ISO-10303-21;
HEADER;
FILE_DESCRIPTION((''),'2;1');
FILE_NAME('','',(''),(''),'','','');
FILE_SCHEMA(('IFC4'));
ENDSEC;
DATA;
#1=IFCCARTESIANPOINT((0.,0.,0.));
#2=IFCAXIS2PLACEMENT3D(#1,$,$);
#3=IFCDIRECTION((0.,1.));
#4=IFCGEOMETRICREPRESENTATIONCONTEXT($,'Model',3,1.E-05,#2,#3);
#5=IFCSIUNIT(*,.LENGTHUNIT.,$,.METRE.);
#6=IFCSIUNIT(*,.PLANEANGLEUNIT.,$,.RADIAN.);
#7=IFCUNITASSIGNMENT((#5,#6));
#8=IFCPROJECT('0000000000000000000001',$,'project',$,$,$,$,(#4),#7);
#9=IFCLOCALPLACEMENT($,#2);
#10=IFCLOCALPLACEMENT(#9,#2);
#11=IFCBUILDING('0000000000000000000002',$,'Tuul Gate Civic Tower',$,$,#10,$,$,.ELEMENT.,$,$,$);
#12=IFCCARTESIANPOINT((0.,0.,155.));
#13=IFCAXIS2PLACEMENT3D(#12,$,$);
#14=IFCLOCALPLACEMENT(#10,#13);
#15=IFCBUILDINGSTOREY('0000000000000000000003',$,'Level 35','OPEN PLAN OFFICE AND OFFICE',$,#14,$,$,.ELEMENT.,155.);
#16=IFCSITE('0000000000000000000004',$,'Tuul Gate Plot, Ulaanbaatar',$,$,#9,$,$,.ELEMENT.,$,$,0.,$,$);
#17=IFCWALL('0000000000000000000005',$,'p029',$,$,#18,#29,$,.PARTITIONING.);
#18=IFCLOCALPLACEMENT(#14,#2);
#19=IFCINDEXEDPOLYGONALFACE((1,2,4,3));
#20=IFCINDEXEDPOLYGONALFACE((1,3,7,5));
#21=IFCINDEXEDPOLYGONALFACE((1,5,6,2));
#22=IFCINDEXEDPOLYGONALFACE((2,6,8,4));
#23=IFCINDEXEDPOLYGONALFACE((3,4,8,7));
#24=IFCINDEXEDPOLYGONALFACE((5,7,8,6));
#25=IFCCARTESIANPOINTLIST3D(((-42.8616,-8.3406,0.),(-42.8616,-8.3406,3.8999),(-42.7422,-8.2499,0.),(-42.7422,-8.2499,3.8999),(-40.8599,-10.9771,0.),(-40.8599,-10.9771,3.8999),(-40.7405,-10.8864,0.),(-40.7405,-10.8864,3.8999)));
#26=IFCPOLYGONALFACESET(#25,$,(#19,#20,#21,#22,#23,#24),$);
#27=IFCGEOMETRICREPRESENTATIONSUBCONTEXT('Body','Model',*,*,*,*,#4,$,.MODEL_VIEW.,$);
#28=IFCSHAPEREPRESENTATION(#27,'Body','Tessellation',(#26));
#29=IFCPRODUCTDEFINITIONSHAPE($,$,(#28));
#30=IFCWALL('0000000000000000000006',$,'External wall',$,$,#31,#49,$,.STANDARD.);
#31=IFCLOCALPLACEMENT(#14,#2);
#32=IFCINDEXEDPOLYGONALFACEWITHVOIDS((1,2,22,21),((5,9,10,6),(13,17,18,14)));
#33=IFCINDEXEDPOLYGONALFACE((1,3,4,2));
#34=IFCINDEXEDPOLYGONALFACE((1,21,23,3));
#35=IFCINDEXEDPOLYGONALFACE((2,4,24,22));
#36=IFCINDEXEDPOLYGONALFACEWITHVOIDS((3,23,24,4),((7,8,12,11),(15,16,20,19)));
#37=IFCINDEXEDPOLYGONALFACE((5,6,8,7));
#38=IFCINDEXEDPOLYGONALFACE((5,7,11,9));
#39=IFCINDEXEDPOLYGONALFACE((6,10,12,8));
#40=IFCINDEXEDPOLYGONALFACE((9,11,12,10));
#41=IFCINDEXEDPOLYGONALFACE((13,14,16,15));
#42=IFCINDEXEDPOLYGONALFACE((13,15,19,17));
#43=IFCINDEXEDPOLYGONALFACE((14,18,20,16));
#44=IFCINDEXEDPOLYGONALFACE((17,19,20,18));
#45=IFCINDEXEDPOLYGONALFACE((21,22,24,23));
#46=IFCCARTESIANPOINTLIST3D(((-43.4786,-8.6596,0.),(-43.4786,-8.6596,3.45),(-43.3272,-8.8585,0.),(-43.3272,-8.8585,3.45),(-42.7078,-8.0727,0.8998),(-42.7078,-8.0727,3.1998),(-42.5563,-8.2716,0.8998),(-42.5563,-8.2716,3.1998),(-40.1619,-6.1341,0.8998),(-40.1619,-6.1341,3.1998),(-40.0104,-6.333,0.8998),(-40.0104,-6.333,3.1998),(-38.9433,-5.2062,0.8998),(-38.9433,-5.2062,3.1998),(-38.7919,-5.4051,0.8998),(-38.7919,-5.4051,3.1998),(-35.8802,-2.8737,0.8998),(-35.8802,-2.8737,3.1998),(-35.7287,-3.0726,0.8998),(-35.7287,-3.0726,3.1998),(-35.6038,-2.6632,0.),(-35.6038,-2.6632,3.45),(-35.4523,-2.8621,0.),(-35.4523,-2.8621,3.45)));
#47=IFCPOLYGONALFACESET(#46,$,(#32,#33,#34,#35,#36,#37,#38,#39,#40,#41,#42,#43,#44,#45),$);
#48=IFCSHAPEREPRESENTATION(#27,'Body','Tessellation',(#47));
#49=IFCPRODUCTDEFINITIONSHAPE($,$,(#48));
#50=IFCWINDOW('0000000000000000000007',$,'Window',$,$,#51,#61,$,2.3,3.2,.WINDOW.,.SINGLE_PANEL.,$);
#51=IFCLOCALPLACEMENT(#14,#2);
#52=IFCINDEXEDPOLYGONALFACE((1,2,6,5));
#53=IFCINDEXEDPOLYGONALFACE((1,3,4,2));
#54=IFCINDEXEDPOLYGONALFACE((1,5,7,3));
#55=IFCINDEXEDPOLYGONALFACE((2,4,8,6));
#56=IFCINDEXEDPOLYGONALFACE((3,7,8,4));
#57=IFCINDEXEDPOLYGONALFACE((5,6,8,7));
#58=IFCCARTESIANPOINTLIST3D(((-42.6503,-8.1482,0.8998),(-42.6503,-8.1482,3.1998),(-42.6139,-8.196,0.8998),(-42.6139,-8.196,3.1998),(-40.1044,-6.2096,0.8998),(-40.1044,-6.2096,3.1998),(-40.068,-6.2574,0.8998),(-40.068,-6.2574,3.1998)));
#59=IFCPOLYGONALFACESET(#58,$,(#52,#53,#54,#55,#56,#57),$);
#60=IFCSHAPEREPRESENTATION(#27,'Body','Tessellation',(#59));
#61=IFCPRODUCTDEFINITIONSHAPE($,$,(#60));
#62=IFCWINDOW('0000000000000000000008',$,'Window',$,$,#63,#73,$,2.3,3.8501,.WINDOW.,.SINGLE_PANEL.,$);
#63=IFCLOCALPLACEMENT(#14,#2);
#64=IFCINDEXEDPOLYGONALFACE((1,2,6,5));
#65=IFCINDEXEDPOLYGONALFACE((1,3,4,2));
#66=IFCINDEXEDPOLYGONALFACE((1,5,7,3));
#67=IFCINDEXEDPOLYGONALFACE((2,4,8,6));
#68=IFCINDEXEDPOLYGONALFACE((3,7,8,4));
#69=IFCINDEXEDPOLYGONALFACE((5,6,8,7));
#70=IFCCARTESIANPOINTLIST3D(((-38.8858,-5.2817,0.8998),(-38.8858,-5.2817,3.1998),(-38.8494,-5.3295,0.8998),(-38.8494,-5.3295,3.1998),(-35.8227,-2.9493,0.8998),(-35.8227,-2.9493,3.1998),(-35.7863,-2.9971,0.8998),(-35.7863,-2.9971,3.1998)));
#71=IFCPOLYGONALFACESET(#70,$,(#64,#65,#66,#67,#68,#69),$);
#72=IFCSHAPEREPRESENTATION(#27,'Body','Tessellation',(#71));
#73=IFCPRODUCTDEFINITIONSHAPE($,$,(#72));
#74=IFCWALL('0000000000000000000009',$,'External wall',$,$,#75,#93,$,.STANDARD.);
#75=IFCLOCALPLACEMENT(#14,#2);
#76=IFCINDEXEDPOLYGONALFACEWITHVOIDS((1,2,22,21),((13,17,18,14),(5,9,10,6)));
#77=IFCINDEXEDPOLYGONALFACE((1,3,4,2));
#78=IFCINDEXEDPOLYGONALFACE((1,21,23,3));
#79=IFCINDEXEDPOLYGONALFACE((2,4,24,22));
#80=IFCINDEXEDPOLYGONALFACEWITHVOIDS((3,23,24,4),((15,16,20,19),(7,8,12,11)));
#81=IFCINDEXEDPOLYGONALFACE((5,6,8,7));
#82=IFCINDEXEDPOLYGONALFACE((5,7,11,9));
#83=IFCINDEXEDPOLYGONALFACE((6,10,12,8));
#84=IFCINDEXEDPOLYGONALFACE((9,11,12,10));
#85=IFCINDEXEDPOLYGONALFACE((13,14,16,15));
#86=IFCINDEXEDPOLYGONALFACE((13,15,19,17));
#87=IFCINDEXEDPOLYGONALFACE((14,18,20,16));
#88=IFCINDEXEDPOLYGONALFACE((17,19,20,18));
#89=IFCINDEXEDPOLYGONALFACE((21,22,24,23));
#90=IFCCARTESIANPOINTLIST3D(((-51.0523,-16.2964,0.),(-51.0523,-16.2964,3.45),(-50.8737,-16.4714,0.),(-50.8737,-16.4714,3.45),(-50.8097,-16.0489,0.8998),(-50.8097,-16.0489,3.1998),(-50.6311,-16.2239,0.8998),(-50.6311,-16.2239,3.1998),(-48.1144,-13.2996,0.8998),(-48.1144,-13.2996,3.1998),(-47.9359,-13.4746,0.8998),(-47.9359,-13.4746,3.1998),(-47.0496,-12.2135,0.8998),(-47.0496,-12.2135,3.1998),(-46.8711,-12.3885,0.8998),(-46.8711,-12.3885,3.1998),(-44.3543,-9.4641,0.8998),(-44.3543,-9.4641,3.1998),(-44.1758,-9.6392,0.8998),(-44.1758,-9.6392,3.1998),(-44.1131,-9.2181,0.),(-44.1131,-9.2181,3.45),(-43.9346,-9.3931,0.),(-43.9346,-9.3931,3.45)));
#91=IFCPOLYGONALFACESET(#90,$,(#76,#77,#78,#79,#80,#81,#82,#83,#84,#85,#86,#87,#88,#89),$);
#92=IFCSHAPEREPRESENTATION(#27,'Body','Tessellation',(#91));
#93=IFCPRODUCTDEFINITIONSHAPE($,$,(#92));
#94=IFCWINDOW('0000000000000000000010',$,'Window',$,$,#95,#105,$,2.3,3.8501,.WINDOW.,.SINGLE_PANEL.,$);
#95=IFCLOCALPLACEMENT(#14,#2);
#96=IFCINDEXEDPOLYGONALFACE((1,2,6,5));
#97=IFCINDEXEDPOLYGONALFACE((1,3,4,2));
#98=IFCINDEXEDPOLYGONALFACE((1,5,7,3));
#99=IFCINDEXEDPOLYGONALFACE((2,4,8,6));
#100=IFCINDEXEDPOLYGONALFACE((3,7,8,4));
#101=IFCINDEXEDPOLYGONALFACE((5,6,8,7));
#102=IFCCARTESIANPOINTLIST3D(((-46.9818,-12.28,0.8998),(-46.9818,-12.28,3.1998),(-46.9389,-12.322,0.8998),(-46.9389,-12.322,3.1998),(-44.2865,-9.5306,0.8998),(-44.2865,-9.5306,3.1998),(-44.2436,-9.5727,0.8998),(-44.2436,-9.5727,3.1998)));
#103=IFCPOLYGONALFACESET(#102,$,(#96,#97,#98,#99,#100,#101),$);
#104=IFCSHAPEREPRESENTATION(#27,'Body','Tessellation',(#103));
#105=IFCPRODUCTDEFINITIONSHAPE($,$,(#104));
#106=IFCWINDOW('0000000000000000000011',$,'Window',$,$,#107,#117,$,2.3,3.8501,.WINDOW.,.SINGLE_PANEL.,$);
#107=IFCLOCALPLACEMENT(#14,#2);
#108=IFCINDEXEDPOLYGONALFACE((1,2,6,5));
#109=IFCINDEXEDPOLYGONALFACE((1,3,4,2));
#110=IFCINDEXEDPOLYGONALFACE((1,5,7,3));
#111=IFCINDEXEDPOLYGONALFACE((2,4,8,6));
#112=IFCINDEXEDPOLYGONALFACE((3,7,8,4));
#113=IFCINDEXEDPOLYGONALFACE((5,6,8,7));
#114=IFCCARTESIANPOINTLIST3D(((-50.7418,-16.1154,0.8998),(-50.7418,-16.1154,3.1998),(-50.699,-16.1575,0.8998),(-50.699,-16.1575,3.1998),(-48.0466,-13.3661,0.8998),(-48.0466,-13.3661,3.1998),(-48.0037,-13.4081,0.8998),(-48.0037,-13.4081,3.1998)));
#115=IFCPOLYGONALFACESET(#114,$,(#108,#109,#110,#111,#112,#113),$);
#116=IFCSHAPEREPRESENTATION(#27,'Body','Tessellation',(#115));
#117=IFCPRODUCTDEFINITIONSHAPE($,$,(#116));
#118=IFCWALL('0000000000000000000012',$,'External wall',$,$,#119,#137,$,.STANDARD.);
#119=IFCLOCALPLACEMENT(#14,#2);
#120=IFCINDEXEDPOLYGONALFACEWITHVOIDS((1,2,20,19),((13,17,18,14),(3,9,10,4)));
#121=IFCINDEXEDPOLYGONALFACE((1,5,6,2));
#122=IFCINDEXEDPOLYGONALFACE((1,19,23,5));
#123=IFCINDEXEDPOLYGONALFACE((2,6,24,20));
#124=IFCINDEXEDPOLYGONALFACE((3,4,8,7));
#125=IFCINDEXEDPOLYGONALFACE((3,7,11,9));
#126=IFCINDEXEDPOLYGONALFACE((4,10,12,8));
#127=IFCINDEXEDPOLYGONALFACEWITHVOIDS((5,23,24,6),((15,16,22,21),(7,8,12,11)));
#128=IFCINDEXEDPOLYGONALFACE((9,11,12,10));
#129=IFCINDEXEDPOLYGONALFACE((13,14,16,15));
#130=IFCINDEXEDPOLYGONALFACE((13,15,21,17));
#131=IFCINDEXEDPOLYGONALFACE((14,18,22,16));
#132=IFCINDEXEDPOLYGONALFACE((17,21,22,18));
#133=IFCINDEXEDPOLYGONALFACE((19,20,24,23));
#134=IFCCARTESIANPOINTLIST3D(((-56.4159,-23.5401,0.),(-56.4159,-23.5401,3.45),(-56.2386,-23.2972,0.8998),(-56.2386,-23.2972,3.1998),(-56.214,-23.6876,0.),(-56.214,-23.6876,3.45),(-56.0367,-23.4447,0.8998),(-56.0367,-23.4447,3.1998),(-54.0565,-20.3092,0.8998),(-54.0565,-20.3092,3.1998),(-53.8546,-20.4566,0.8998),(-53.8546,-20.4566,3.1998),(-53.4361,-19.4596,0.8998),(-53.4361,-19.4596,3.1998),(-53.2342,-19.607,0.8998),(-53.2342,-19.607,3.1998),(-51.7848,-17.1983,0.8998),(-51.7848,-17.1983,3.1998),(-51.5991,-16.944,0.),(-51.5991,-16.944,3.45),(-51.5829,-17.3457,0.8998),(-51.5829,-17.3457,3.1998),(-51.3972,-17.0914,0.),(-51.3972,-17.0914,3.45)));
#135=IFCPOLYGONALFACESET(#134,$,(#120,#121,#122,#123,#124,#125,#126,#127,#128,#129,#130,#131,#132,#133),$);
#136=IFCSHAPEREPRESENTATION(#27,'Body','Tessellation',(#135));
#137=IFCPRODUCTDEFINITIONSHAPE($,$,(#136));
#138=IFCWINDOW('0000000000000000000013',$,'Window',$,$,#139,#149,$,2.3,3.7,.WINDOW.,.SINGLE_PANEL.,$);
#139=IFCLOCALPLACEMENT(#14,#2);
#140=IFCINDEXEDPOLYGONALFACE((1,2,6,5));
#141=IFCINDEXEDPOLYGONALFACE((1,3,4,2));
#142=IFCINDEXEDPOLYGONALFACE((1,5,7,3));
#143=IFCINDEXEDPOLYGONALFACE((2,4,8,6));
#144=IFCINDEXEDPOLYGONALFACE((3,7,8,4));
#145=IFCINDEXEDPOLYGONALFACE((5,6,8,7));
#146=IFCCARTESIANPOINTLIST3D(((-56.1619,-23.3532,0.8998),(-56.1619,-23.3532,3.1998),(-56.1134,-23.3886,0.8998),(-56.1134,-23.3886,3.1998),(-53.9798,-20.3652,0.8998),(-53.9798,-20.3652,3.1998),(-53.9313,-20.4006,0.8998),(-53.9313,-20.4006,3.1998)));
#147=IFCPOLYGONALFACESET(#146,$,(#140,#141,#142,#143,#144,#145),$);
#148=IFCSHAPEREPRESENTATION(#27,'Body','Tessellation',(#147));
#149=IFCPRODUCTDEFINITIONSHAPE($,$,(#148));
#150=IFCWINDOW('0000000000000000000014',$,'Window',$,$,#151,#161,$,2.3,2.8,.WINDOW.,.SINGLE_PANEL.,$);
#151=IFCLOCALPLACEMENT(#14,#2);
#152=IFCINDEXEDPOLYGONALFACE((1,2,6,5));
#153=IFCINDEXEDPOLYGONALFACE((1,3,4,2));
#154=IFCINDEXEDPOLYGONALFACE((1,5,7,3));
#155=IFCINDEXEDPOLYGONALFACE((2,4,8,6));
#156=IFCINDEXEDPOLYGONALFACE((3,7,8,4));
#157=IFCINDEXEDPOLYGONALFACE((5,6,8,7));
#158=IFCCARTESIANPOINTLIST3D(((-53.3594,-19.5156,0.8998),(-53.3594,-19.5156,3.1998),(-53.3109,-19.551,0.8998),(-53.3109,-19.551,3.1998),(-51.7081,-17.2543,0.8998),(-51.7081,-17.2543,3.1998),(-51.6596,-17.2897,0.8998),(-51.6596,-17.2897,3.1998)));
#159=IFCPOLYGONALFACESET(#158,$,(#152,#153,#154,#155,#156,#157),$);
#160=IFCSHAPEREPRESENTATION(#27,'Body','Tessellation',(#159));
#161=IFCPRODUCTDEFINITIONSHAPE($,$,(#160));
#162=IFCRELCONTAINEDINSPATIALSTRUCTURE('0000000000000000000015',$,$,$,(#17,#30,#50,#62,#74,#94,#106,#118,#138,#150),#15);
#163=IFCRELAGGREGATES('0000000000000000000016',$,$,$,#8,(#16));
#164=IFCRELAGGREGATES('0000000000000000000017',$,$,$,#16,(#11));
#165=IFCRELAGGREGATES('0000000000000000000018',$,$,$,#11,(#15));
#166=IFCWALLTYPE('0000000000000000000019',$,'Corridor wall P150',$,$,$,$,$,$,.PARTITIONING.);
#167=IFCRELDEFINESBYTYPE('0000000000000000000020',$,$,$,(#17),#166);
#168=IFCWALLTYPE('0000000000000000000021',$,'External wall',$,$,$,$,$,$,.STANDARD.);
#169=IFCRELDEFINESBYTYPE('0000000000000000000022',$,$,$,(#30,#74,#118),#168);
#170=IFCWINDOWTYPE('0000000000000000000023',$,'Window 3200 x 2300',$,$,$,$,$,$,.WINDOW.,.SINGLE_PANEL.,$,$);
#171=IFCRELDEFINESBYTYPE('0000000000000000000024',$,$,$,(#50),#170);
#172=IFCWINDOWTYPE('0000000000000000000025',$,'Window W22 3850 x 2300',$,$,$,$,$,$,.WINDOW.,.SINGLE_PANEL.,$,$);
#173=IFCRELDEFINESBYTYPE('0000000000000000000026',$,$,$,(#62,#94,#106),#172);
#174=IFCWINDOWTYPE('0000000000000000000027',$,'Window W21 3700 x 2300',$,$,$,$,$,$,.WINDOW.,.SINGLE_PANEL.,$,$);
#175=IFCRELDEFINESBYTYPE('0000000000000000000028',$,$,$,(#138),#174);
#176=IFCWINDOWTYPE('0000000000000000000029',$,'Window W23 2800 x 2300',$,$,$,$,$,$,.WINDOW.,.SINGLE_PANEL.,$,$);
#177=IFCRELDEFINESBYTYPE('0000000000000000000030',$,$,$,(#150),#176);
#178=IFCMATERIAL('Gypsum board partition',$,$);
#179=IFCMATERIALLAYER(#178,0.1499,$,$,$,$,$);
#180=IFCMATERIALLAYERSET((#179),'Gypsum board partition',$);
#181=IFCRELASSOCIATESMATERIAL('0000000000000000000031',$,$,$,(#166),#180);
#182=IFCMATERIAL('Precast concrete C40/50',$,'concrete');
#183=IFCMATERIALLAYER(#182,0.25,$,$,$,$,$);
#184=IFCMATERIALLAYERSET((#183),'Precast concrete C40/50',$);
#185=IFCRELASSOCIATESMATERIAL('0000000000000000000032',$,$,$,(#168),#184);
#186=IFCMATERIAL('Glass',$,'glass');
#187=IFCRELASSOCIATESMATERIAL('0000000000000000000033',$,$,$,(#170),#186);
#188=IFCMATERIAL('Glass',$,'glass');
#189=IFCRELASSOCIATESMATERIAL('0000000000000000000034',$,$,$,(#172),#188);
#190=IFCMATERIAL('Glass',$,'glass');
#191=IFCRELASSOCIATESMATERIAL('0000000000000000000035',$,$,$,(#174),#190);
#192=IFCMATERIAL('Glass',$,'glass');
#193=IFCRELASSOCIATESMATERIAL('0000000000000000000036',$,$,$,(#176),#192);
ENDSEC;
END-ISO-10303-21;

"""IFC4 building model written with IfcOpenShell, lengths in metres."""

from ifc_helpers import new_model, si_unit, direction, frame, frame_2d, origin, place, context, subcontext, project, spatial, rectangle, extrude, material, layer, layer_set, type_object, element, fill, save


model = new_model("IFC4")

# Units and contexts
model_context = context("Model", 3, precision=1e-05, world=origin(), true_north=direction((0.0, 1.0)))
body_context = subcontext(model_context, "Body", "Model", "MODEL_VIEW")
ifc_project = project(units=[si_unit("LENGTHUNIT", "METRE"), si_unit("PLANEANGLEUNIT", "RADIAN")], contexts=[model_context])

# Site, building, storey
site_placement = place(None, origin())
site = spatial("IfcSite", under=ifc_project, at=site_placement, Name="Tuul Gate Plot, Ulaanbaatar", CompositionType="ELEMENT", RefElevation=0.0)
building_placement = place(site_placement, origin())
building = spatial("IfcBuilding", under=site, at=building_placement, Name="Tuul Gate Civic Tower", CompositionType="ELEMENT")
storey_placement = place(building_placement, frame((0.0, 0.0, 155.0)))
storey = spatial("IfcBuildingStorey", under=building, at=storey_placement, Name="Level 35", Description="OPEN PLAN OFFICE AND OFFICE", CompositionType="ELEMENT", Elevation=155.0)

# Wall
ifc_material_1 = material(Name="Gypsum board partition")
ifc_layer_1 = layer(ifc_material_1, 0.1499)
ifc_layer_set_1 = layer_set([ifc_layer_1], Name="Gypsum board partition")
wall_type_1 = type_object("IfcWallType", Name="Corridor wall P150", PredefinedType="PARTITIONING", material=ifc_layer_set_1)
wall_1_placement = place(storey_placement, frame((-42.802, -8.2952, 0.0), z_axis=(0.0, 0.0, 1.0), x_axis=(0.604698, -0.796455, 0.0)))
element("IfcWall", 1, at=wall_1_placement, inside=storey, type_object=wall_type_1, Name="p029", PredefinedType="PARTITIONING", context=body_context, shape_type="SweptSolid", body=[
    extrude(rectangle(XDim=3.3103, YDim=0.1499, at=frame_2d((1.6553, 0.0))), origin(), (0.0, 0.0, 1.0), 3.8999),
])

# Walls, openings, windows
ifc_material_2 = material(Name="Precast concrete C40/50", Category="concrete")
ifc_layer_2 = layer(ifc_material_2, 0.25)
ifc_layer_set_2 = layer_set([ifc_layer_2], Name="Precast concrete C40/50")
wall_type_2 = type_object("IfcWallType", Name="External wall", PredefinedType="STANDARD", material=ifc_layer_set_2)
wall_2_placement = place(storey_placement, frame((-35.5281, -2.7627, 0.0), z_axis=(0.0, 0.0, 1.0), x_axis=(-0.795601, -0.605821, 0.0)))
wall_2 = element("IfcWall", 2, at=wall_2_placement, inside=storey, type_object=wall_type_2, Name="External wall", PredefinedType="STANDARD", context=body_context, shape_type="SweptSolid", body=[
    extrude(rectangle(XDim=9.8979, YDim=0.25, at=frame_2d((4.949, 0.0))), origin(), (0.0, 0.0, 1.0), 3.45),
])
opening_1_placement = place(wall_2_placement, frame((0.3474, 0.0, 0.8999)))
opening_1 = element("IfcOpeningElement", 3, at=opening_1_placement, cuts=wall_2, PredefinedType="OPENING", context=body_context, shape_type="SweptSolid", body=[
    extrude(rectangle(XDim=3.8501, YDim=2.3, at=frame_2d((1.925, 1.1499))), frame((0.0, 0.135, 0.0), z_axis=(0.0, -1.0, 0.0), x_axis=(1.0, 0.0, 0.0)), (0.0, 0.0, 1.0), 0.27),
])
opening_2_placement = place(wall_2_placement, frame((5.729, 0.0, 0.8999)))
opening_2 = element("IfcOpeningElement", 4, at=opening_2_placement, cuts=wall_2, PredefinedType="OPENING", context=body_context, shape_type="SweptSolid", body=[
    extrude(rectangle(XDim=3.2, YDim=2.3, at=frame_2d((1.6001, 1.1499))), frame((0.0, 0.135, 0.0), z_axis=(0.0, -1.0, 0.0), x_axis=(1.0, 0.0, 0.0)), (0.0, 0.0, 1.0), 0.27),
])
ifc_material_3 = material(Name="Glass", Category="glass")
window_type_1 = type_object("IfcWindowType", Name="Window 3200 x 2300", PartitioningType="SINGLE_PANEL", PredefinedType="WINDOW", material=ifc_material_3)
window_1_placement = place(opening_2_placement, origin())
window_1 = element("IfcWindow", 5, at=window_1_placement, inside=storey, type_object=window_type_1, Name="Window", OverallHeight=2.3, OverallWidth=3.2, PartitioningType="SINGLE_PANEL", PredefinedType="WINDOW", context=body_context, shape_type="SweptSolid", body=[
    extrude(rectangle(XDim=3.2, YDim=2.3, at=frame_2d((1.6001, 1.1499))), frame((0.0, 0.03, 0.0), z_axis=(0.0, -1.0, 0.0), x_axis=(1.0, 0.0, 0.0)), (0.0, 0.0, 1.0), 0.0601),
])
fill(opening_2, window_1)
ifc_material_4 = material(Name="Glass", Category="glass")
window_type_2 = type_object("IfcWindowType", Name="Window W22 3850 x 2300", PartitioningType="SINGLE_PANEL", PredefinedType="WINDOW", material=ifc_material_4)
window_2_placement = place(opening_1_placement, origin())
window_2 = element("IfcWindow", 6, at=window_2_placement, inside=storey, type_object=window_type_2, Name="Window", OverallHeight=2.3, OverallWidth=3.8501, PartitioningType="SINGLE_PANEL", PredefinedType="WINDOW", context=body_context, shape_type="SweptSolid", body=[
    extrude(rectangle(XDim=3.8501, YDim=2.3, at=frame_2d((1.925, 1.1499))), frame((0.0, 0.03, 0.0), z_axis=(0.0, -1.0, 0.0), x_axis=(1.0, 0.0, 0.0)), (0.0, 0.0, 1.0), 0.0601),
])
fill(opening_1, window_2)
wall_3_placement = place(storey_placement, frame((-44.0239, -9.3057, 0.0), z_axis=(0.0, 0.0, 1.0), x_axis=(-0.700052, -0.714091, 0.0)))
wall_3 = element("IfcWall", 7, at=wall_3_placement, inside=storey, type_object=wall_type_2, Name="External wall", PredefinedType="STANDARD", context=body_context, shape_type="SweptSolid", body=[
    extrude(rectangle(XDim=9.9124, YDim=0.25, at=frame_2d((4.9561, 0.0))), origin(), (0.0, 0.0, 1.0), 3.45),
])
opening_3_placement = place(wall_3_placement, frame((0.3445, 0.0, 0.8999)))
opening_3 = element("IfcOpeningElement", 8, at=opening_3_placement, cuts=wall_3, PredefinedType="OPENING", context=body_context, shape_type="SweptSolid", body=[
    extrude(rectangle(XDim=3.8501, YDim=2.3, at=frame_2d((1.925, 1.1499))), frame((0.0, 0.135, 0.0), z_axis=(0.0, -1.0, 0.0), x_axis=(1.0, 0.0, 0.0)), (0.0, 0.0, 1.0), 0.27),
])
opening_4_placement = place(wall_3_placement, frame((5.7156, 0.0, 0.8999)))
opening_4 = element("IfcOpeningElement", 9, at=opening_4_placement, cuts=wall_3, PredefinedType="OPENING", context=body_context, shape_type="SweptSolid", body=[
    extrude(rectangle(XDim=3.8501, YDim=2.3, at=frame_2d((1.925, 1.1499))), frame((0.0, 0.135, 0.0), z_axis=(0.0, -1.0, 0.0), x_axis=(1.0, 0.0, 0.0)), (0.0, 0.0, 1.0), 0.27),
])
window_3_placement = place(opening_3_placement, origin())
window_3 = element("IfcWindow", 10, at=window_3_placement, inside=storey, type_object=window_type_2, Name="Window", OverallHeight=2.3, OverallWidth=3.8501, PartitioningType="SINGLE_PANEL", PredefinedType="WINDOW", context=body_context, shape_type="SweptSolid", body=[
    extrude(rectangle(XDim=3.8501, YDim=2.3, at=frame_2d((1.925, 1.1499))), frame((0.0, 0.03, 0.0), z_axis=(0.0, -1.0, 0.0), x_axis=(1.0, 0.0, 0.0)), (0.0, 0.0, 1.0), 0.0601),
])
fill(opening_3, window_3)
window_4_placement = place(opening_4_placement, origin())
window_4 = element("IfcWindow", 11, at=window_4_placement, inside=storey, type_object=window_type_2, Name="Window", OverallHeight=2.3, OverallWidth=3.8501, PartitioningType="SINGLE_PANEL", PredefinedType="WINDOW", context=body_context, shape_type="SweptSolid", body=[
    extrude(rectangle(XDim=3.8501, YDim=2.3, at=frame_2d((1.925, 1.1499))), frame((0.0, 0.03, 0.0), z_axis=(0.0, -1.0, 0.0), x_axis=(1.0, 0.0, 0.0)), (0.0, 0.0, 1.0), 0.0601),
])
fill(opening_4, window_4)
wall_4_placement = place(storey_placement, frame((-51.498, -17.0176, 0.0), z_axis=(0.0, 0.0, 1.0), x_axis=(-0.589745, -0.807589, 0.0)))
wall_4 = element("IfcWall", 12, at=wall_4_placement, inside=storey, type_object=wall_type_2, Name="External wall", PredefinedType="STANDARD", context=body_context, shape_type="SweptSolid", body=[
    extrude(rectangle(XDim=8.1677, YDim=0.25, at=frame_2d((4.084, 0.0))), origin(), (0.0, 0.0, 1.0), 3.45),
])
opening_5_placement = place(wall_4_placement, frame((0.3152, 0.0, 0.8999)))
opening_5 = element("IfcOpeningElement", 13, at=opening_5_placement, cuts=wall_4, PredefinedType="OPENING", context=body_context, shape_type="SweptSolid", body=[
    extrude(rectangle(XDim=2.8, YDim=2.3, at=frame_2d((1.3999, 1.1499))), frame((0.0, 0.135, 0.0), z_axis=(0.0, -1.0, 0.0), x_axis=(1.0, 0.0, 0.0)), (0.0, 0.0, 1.0), 0.27),
])
opening_6_placement = place(wall_4_placement, frame((4.167, 0.0, 0.8999)))
opening_6 = element("IfcOpeningElement", 14, at=opening_6_placement, cuts=wall_4, PredefinedType="OPENING", context=body_context, shape_type="SweptSolid", body=[
    extrude(rectangle(XDim=3.7, YDim=2.3, at=frame_2d((1.8501, 1.1499))), frame((0.0, 0.135, 0.0), z_axis=(0.0, -1.0, 0.0), x_axis=(1.0, 0.0, 0.0)), (0.0, 0.0, 1.0), 0.27),
])
ifc_material_5 = material(Name="Glass", Category="glass")
window_type_3 = type_object("IfcWindowType", Name="Window W21 3700 x 2300", PartitioningType="SINGLE_PANEL", PredefinedType="WINDOW", material=ifc_material_5)
window_5_placement = place(opening_6_placement, origin())
window_5 = element("IfcWindow", 15, at=window_5_placement, inside=storey, type_object=window_type_3, Name="Window", OverallHeight=2.3, OverallWidth=3.7, PartitioningType="SINGLE_PANEL", PredefinedType="WINDOW", context=body_context, shape_type="SweptSolid", body=[
    extrude(rectangle(XDim=3.7, YDim=2.3, at=frame_2d((1.8501, 1.1499))), frame((0.0, 0.03, 0.0), z_axis=(0.0, -1.0, 0.0), x_axis=(1.0, 0.0, 0.0)), (0.0, 0.0, 1.0), 0.0601),
])
fill(opening_6, window_5)
ifc_material_6 = material(Name="Glass", Category="glass")
window_type_4 = type_object("IfcWindowType", Name="Window W23 2800 x 2300", PartitioningType="SINGLE_PANEL", PredefinedType="WINDOW", material=ifc_material_6)
window_6_placement = place(opening_5_placement, origin())
window_6 = element("IfcWindow", 16, at=window_6_placement, inside=storey, type_object=window_type_4, Name="Window", OverallHeight=2.3, OverallWidth=2.8, PartitioningType="SINGLE_PANEL", PredefinedType="WINDOW", context=body_context, shape_type="SweptSolid", body=[
    extrude(rectangle(XDim=2.8, YDim=2.3, at=frame_2d((1.3999, 1.1499))), frame((0.0, 0.03, 0.0), z_axis=(0.0, -1.0, 0.0), x_axis=(1.0, 0.0, 0.0)), (0.0, 0.0, 1.0), 0.0601),
])
fill(opening_5, window_6)

save(model, "model.ifc")
